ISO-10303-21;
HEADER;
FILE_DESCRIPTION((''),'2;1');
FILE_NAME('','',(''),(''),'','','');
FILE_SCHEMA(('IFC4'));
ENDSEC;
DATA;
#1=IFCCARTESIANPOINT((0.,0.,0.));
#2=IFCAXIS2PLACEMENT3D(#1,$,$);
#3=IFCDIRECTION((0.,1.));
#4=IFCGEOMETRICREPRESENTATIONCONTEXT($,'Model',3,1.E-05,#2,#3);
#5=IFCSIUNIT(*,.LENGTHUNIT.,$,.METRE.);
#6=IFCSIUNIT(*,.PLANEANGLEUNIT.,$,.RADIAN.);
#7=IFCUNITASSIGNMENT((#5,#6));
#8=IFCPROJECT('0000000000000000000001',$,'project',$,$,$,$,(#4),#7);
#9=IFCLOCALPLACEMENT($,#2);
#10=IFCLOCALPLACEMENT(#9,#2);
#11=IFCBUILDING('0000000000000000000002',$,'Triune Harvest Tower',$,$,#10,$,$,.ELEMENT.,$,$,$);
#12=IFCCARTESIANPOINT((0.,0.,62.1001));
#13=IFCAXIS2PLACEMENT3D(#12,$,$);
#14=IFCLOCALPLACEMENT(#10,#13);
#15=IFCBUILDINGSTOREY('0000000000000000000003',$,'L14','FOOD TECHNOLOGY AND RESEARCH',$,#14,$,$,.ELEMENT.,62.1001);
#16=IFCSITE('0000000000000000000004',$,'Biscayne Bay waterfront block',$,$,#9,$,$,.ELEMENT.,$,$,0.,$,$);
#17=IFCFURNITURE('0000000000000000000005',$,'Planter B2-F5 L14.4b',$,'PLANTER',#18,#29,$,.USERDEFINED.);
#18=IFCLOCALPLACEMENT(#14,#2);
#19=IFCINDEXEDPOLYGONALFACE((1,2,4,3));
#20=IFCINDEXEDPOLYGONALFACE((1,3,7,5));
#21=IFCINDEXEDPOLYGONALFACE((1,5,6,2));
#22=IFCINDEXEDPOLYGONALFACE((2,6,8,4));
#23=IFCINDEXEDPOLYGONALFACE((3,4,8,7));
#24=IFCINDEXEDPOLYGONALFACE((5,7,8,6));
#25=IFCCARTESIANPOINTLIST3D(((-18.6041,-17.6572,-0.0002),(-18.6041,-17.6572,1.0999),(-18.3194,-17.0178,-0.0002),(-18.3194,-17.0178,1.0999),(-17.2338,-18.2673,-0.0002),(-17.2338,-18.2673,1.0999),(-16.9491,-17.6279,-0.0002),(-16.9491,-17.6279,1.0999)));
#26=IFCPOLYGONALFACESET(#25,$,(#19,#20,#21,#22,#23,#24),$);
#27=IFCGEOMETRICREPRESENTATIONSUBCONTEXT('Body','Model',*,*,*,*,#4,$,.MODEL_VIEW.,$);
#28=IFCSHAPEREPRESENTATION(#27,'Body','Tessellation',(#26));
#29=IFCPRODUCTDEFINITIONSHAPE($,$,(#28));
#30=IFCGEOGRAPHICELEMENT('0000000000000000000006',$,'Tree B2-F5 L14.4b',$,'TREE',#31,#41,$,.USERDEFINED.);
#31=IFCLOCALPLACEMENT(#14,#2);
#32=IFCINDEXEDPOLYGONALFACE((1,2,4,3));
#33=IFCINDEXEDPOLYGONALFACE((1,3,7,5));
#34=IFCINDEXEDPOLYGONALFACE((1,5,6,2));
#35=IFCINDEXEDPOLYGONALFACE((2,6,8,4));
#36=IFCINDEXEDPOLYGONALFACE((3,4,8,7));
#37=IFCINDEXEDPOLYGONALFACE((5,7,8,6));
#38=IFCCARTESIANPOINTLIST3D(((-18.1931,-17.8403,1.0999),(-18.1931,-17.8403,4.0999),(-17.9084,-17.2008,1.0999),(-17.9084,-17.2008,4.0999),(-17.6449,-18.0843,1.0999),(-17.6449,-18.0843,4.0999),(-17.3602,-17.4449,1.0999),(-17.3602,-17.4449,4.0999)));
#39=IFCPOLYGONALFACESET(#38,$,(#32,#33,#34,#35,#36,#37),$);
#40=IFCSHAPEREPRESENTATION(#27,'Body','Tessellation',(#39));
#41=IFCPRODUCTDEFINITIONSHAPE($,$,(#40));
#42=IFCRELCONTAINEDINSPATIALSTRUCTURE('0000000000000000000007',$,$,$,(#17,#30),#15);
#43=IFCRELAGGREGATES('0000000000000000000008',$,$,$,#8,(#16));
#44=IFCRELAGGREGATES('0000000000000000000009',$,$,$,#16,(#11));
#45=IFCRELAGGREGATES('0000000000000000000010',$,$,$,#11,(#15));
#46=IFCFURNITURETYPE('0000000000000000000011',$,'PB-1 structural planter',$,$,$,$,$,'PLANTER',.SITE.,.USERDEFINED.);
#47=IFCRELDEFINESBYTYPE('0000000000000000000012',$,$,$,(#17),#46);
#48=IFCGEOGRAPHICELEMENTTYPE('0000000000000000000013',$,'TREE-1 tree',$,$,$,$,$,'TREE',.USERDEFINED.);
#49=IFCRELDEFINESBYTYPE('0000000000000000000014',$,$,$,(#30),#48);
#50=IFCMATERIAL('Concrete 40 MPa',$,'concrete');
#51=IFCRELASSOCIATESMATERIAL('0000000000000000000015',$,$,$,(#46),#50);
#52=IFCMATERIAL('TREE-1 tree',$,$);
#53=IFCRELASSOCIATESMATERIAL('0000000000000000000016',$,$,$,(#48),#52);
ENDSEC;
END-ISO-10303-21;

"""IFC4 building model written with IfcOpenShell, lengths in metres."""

from ifc_helpers import new_model, si_unit, direction, frame, origin, origin_2d, place, context, subcontext, project, spatial, rectangle, extrude, source, transform, mapped, material, type_object, element, save


model = new_model("IFC4")

# Units and contexts
model_context = context("Model", 3, precision=1e-05, world=origin(), true_north=direction((0.0, 1.0)))
body_context = subcontext(model_context, "Body", "Model", "MODEL_VIEW")
ifc_project = project(units=[si_unit("LENGTHUNIT", "METRE"), si_unit("PLANEANGLEUNIT", "RADIAN")], contexts=[model_context])

# Site, building, storey
site_placement = place(None, origin())
site = spatial("IfcSite", under=ifc_project, at=site_placement, Name="Biscayne Bay waterfront block", CompositionType="ELEMENT", RefElevation=0.0)
building_placement = place(site_placement, origin())
building = spatial("IfcBuilding", under=site, at=building_placement, Name="Triune Harvest Tower", CompositionType="ELEMENT")
storey_placement = place(building_placement, frame((0.0, 0.0, 62.1001)))
storey = spatial("IfcBuildingStorey", under=building, at=storey_placement, Name="L14", Description="FOOD TECHNOLOGY AND RESEARCH", CompositionType="ELEMENT", Elevation=62.1001)

# Furniture
ifc_material_1 = material(Name="Concrete 40 MPa", Category="concrete")
furniture_type = type_object("IfcFurnitureType", Name="PB-1 structural planter", ElementType="PLANTER", AssemblyPlace="SITE", PredefinedType="USERDEFINED", material=ifc_material_1)
shared_shape_1 = source(origin(), body_context, "Body", "SweptSolid", [
    extrude(rectangle(XDim=1.5, YDim=0.7, at=origin_2d()), origin(), (0.0, 0.0, 1.0), 1.1001),
])
furniture_placement = place(storey_placement, frame((-17.7766, -17.6426, -0.0002), z_axis=(0.0, 0.0, 1.0), x_axis=(0.913545, -0.406737, 0.0)))
element("IfcFurniture", 1, at=furniture_placement, inside=storey, type_object=furniture_type, Name="Planter B2-F5 L14.4b", ObjectType="PLANTER", PredefinedType="USERDEFINED", context=body_context, shape_type="MappedRepresentation", body=[
    mapped(shared_shape_1, transform((0.0, 0.0, 0.0), scale=1.0)),
])

# Geographic element
ifc_material_2 = material(Name="TREE-1 tree")
geographic_element_type = type_object("IfcGeographicElementType", Name="TREE-1 tree", ElementType="TREE", PredefinedType="USERDEFINED", material=ifc_material_2)
shared_shape_2 = source(origin(), body_context, "Body", "SweptSolid", [
    extrude(rectangle(XDim=0.6001, YDim=0.7, at=origin_2d()), origin(), (0.0, 0.0, 1.0), 3.0),
])
geographic_element_placement = place(storey_placement, frame((-17.7766, -17.6426, 1.0999), z_axis=(0.0, 0.0, 1.0), x_axis=(0.913545, -0.406737, 0.0)))
element("IfcGeographicElement", 2, at=geographic_element_placement, inside=storey, type_object=geographic_element_type, Name="Tree B2-F5 L14.4b", ObjectType="TREE", PredefinedType="USERDEFINED", context=body_context, shape_type="MappedRepresentation", body=[
    mapped(shared_shape_2, transform((0.0, 0.0, 0.0), scale=1.0)),
])

save(model, "model.ifc")
